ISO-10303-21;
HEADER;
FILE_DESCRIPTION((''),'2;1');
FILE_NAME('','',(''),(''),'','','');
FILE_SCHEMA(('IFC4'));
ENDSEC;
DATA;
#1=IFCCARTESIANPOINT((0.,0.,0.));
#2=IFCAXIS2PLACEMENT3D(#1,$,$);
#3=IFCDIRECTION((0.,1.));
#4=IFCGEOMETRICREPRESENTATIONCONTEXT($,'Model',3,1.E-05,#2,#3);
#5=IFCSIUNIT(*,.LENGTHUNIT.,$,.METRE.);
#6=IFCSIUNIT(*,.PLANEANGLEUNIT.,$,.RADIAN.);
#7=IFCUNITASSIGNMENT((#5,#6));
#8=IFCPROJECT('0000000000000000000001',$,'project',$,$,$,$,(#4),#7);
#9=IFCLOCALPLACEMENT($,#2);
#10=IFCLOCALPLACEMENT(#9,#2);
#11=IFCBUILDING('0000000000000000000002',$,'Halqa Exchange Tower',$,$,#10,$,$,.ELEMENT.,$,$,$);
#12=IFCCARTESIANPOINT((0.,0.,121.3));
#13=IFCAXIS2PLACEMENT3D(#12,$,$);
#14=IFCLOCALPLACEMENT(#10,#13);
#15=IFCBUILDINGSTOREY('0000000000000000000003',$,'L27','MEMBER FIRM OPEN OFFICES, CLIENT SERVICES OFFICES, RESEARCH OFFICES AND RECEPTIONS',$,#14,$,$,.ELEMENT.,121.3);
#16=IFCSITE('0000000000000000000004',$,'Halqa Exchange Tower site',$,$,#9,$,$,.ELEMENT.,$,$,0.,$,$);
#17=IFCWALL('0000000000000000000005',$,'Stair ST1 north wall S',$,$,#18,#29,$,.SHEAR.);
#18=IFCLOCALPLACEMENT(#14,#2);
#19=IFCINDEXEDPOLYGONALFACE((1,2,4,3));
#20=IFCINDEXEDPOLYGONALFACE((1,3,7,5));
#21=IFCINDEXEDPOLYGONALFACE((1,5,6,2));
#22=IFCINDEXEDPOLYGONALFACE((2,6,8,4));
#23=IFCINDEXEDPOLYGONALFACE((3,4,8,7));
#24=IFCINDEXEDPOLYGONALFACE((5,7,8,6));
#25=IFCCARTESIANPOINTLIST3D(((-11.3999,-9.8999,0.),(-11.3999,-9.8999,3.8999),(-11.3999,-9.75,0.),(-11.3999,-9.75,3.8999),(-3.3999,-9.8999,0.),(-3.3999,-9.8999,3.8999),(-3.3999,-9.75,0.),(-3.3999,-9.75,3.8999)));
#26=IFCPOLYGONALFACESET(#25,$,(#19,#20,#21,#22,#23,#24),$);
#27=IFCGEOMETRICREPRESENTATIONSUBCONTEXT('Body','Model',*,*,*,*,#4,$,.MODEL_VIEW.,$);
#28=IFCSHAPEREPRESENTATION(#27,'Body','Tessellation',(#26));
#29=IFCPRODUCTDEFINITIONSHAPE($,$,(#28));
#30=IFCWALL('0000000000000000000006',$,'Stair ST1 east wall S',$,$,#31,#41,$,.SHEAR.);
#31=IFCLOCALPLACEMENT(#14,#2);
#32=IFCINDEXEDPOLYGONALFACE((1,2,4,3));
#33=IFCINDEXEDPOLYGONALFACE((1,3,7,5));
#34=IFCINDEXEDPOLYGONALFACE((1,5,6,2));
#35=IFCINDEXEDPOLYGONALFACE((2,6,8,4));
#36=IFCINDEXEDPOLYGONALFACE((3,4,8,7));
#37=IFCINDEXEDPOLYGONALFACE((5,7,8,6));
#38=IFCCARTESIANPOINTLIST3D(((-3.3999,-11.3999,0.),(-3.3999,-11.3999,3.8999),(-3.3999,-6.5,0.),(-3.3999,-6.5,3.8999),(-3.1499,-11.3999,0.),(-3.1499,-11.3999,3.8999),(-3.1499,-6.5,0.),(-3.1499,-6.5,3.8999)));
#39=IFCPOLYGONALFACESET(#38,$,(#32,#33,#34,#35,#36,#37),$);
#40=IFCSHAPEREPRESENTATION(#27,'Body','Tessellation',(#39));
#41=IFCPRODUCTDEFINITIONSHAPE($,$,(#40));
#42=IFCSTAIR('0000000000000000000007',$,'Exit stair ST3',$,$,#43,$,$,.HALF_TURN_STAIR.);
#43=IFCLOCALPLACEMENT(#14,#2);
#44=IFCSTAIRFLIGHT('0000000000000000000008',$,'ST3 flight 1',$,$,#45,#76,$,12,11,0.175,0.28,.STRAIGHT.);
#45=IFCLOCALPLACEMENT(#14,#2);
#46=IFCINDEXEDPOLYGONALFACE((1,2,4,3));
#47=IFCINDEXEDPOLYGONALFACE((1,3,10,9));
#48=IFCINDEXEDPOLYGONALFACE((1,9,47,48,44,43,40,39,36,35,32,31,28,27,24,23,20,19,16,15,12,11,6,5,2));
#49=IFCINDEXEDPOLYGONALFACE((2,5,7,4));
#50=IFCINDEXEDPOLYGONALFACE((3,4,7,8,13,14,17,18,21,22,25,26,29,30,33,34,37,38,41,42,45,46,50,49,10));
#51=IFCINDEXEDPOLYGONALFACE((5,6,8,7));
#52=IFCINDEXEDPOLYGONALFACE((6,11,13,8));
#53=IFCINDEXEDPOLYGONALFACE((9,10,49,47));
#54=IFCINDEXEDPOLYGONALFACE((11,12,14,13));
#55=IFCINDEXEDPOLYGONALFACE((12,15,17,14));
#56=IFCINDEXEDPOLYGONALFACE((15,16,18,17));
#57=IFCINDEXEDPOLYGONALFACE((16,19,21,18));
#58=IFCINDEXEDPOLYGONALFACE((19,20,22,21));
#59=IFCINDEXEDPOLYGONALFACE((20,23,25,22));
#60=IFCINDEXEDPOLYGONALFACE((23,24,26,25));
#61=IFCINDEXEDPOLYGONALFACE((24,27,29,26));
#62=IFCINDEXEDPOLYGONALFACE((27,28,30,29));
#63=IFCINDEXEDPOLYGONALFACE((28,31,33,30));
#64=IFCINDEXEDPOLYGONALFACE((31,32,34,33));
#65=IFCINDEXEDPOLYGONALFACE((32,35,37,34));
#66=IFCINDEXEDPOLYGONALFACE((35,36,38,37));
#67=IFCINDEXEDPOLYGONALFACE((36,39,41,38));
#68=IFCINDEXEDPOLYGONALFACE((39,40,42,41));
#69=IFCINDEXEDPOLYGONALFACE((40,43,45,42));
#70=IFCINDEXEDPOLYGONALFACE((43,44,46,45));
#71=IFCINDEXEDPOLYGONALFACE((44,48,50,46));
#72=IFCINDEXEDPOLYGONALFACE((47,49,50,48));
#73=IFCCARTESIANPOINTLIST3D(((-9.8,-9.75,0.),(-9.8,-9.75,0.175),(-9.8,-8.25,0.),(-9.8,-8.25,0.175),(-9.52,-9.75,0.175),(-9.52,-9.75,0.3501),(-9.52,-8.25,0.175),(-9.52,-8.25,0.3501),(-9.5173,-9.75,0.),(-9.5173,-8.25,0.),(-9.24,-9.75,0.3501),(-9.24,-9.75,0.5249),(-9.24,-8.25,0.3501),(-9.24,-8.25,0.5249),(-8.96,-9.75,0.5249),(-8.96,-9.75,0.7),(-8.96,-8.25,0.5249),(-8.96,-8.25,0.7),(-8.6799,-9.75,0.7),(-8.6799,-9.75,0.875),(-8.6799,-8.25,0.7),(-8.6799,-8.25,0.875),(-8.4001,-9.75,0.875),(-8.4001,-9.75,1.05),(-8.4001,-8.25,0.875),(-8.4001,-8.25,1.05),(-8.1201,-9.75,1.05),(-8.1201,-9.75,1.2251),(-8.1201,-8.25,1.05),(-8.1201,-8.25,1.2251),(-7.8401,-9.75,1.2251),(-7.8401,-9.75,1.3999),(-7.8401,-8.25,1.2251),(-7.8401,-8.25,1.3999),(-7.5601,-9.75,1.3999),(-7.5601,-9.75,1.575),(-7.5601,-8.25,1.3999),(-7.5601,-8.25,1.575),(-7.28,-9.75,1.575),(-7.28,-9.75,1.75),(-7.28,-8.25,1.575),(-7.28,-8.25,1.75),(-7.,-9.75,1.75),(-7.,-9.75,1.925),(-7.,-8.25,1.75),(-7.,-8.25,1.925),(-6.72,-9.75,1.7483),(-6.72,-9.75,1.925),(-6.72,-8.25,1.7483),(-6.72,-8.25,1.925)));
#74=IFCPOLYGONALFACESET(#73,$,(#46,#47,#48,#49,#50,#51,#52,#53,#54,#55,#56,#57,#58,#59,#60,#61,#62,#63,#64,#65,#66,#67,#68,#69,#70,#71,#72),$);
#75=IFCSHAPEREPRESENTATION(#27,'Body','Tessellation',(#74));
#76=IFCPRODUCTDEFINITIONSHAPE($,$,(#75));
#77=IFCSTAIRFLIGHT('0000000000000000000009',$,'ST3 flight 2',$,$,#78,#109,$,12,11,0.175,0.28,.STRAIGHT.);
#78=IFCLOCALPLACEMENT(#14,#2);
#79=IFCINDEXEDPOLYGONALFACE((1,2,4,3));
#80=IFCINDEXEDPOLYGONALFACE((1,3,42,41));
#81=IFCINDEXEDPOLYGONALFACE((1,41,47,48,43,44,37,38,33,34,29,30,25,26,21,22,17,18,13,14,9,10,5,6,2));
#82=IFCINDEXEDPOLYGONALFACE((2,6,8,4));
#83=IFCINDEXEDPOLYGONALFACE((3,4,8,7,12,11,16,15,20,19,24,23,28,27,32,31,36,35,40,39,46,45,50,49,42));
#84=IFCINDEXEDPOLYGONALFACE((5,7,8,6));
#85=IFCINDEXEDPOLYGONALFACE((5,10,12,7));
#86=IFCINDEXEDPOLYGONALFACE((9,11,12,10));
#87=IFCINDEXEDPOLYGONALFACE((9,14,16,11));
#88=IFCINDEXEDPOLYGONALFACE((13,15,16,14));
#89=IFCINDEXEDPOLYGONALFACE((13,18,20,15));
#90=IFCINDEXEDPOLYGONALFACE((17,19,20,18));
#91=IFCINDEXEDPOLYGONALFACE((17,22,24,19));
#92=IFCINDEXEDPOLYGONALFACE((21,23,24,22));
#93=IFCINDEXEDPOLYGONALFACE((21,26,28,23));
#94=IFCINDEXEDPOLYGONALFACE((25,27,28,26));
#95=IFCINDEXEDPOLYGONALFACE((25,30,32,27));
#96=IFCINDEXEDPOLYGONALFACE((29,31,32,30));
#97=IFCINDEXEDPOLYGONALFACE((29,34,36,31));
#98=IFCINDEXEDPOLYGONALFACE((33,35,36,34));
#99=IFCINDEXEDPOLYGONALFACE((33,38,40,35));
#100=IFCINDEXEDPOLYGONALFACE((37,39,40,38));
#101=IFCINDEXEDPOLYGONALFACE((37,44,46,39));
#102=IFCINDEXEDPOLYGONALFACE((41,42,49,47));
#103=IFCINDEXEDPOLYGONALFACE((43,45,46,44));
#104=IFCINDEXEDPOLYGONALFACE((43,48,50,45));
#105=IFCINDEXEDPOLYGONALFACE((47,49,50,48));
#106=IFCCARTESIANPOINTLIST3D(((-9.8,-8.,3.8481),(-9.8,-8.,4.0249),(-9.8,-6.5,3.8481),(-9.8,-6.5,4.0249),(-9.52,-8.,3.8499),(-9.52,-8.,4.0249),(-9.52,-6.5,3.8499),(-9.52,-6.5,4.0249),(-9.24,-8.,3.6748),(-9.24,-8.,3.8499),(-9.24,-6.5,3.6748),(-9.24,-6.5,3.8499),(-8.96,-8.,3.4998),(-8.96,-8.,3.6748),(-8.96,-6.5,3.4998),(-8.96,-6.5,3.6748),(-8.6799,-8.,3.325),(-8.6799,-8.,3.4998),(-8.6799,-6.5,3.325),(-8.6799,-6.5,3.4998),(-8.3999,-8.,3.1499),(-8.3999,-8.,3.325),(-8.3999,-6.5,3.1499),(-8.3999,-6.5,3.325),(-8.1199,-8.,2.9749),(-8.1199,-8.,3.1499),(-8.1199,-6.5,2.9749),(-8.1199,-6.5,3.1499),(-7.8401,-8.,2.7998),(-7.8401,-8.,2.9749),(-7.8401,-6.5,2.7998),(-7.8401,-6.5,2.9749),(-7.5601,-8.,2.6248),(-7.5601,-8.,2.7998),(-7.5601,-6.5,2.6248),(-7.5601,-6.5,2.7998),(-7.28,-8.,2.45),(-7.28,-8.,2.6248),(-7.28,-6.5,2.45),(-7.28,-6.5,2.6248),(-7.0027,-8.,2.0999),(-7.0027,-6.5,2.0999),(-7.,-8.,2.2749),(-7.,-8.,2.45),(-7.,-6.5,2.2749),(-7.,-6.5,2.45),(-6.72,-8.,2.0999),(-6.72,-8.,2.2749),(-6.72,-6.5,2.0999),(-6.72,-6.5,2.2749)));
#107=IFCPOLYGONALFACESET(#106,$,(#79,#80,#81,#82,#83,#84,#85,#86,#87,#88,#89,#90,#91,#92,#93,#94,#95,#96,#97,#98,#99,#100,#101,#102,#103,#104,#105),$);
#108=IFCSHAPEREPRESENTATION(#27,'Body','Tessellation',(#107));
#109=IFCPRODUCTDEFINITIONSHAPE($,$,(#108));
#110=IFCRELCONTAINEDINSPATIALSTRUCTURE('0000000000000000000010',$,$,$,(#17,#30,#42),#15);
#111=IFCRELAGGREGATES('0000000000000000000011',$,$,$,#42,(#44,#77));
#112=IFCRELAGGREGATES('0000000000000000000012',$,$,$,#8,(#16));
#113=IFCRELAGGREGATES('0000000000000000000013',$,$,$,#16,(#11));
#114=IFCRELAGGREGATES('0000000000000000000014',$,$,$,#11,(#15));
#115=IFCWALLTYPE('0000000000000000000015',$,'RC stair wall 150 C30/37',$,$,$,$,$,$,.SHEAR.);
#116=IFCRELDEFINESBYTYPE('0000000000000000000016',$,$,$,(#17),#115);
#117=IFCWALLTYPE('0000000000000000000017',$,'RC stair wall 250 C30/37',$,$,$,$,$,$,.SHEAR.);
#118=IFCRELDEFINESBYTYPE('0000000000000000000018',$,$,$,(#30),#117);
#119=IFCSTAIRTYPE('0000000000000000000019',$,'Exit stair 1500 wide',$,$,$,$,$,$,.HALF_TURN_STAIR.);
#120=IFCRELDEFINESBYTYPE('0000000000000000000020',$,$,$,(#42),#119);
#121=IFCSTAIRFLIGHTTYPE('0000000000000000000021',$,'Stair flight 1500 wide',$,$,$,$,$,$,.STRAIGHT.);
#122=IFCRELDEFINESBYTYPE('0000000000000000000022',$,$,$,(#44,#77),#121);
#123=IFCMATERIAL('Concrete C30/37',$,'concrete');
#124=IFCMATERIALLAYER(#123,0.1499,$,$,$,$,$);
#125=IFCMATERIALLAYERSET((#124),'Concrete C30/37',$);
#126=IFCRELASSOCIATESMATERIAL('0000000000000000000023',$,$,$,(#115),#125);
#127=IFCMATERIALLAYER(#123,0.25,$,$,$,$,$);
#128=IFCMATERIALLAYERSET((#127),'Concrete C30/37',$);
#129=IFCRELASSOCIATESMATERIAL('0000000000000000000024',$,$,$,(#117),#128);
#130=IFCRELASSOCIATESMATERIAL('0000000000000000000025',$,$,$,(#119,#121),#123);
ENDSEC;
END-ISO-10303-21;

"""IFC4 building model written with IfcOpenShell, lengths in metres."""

from ifc_helpers import new_model, si_unit, direction, frame, frame_2d, origin, place, context, subcontext, project, spatial, polyline, rectangle, outline, extrude, material, layer, layer_set, type_object, element, aggregate, save


model = new_model("IFC4")

# Units and contexts
model_context = context("Model", 3, precision=1e-05, world=origin(), true_north=direction((0.0, 1.0)))
body_context = subcontext(model_context, "Body", "Model", "MODEL_VIEW")
ifc_project = project(units=[si_unit("LENGTHUNIT", "METRE"), si_unit("PLANEANGLEUNIT", "RADIAN")], contexts=[model_context])

# Site, building, storey
site_placement = place(None, origin())
site = spatial("IfcSite", under=ifc_project, at=site_placement, Name="Halqa Exchange Tower site", CompositionType="ELEMENT", RefElevation=0.0)
building_placement = place(site_placement, origin())
building = spatial("IfcBuilding", under=site, at=building_placement, Name="Halqa Exchange Tower", CompositionType="ELEMENT")
storey_placement = place(building_placement, frame((0.0, 0.0, 121.3)))
storey = spatial("IfcBuildingStorey", under=building, at=storey_placement, Name="L27", Description="MEMBER FIRM OPEN OFFICES, CLIENT SERVICES OFFICES, RESEARCH OFFICES AND RECEPTIONS", CompositionType="ELEMENT", Elevation=121.3)

# Walls
ifc_material_1 = material(Name="Concrete C30/37", Category="concrete")
ifc_layer_1 = layer(ifc_material_1, 0.1499)
ifc_layer_set_1 = layer_set([ifc_layer_1], Name="Concrete C30/37")
wall_type_1 = type_object("IfcWallType", Name="RC stair wall 150 C30/37", PredefinedType="SHEAR", material=ifc_layer_set_1)
wall_1_placement = place(storey_placement, frame((-11.3999, -9.825, 0.0), z_axis=(0.0, 0.0, 1.0), x_axis=(1.0, 0.0, 0.0)))
element("IfcWall", 1, at=wall_1_placement, inside=storey, type_object=wall_type_1, Name="Stair ST1 north wall S", PredefinedType="SHEAR", context=body_context, shape_type="SweptSolid", body=[
    extrude(rectangle(XDim=8.0, YDim=0.1499, at=frame_2d((4.0, 0.0))), origin(), (0.0, 0.0, 1.0), 3.8999),
])
ifc_layer_2 = layer(ifc_material_1, 0.25)
ifc_layer_set_2 = layer_set([ifc_layer_2], Name="Concrete C30/37")
wall_type_2 = type_object("IfcWallType", Name="RC stair wall 250 C30/37", PredefinedType="SHEAR", material=ifc_layer_set_2)
wall_2_placement = place(storey_placement, frame((-3.2749, -11.3999, 0.0), z_axis=(0.0, 0.0, 1.0), x_axis=(0.0, 1.0, 0.0)))
element("IfcWall", 2, at=wall_2_placement, inside=storey, type_object=wall_type_2, Name="Stair ST1 east wall S", PredefinedType="SHEAR", context=body_context, shape_type="SweptSolid", body=[
    extrude(rectangle(XDim=4.8999, YDim=0.25, at=frame_2d((2.45, 0.0))), origin(), (0.0, 0.0, 1.0), 3.8999),
])

# Stair, stair flights
stair_type = type_object("IfcStairType", Name="Exit stair 1500 wide", PredefinedType="HALF_TURN_STAIR", material=ifc_material_1)
stair_placement = place(storey_placement, origin())
stair = element("IfcStair", 3, at=stair_placement, inside=storey, type_object=stair_type, Name="Exit stair ST3", PredefinedType="HALF_TURN_STAIR")
stair_flight_type = type_object("IfcStairFlightType", Name="Stair flight 1500 wide", PredefinedType="STRAIGHT", material=ifc_material_1)
stair_flight_1_placement = place(storey_placement, frame((-9.8, -9.0, 0.0), z_axis=(0.0, 0.0, 1.0), x_axis=(1.0, 0.0, 0.0)))
stair_flight_1 = element("IfcStairFlight", 4, at=stair_flight_1_placement, type_object=stair_flight_type, Name="ST3 flight 1", NumberOfRisers=12, NumberOfTreads=11, PredefinedType="STRAIGHT", RiserHeight=0.175, TreadLength=0.28, context=body_context, shape_type="SweptSolid", body=[
    extrude(outline(polyline([(0.0, 0.0), (0.0, 0.175), (0.28, 0.175), (0.28, 0.3501), (0.5601, 0.3501), (0.5601, 0.5249), (0.8401, 0.5249), (0.8401, 0.7), (1.1201, 0.7), (1.1201, 0.875), (1.3999, 0.875), (1.3999, 1.05), (1.6799, 1.05), (1.6799, 1.2251), (1.96, 1.2251), (1.96, 1.3999), (2.24, 1.3999), (2.24, 1.575), (2.52, 1.575), (2.52, 1.75), (2.8, 1.75), (2.8, 1.925), (3.0801, 1.925), (3.0801, 2.1001), (3.0801, 1.7483), (0.2827, 0.0), (0.0, 0.0)])), frame((0.0, 0.75, 0.0), z_axis=(0.0, -1.0, 0.0), x_axis=(1.0, 0.0, 0.0)), (0.0, 0.0, 1.0), 1.5),
])
stair_flight_2_placement = place(storey_placement, frame((-6.72, -7.25, 2.0999), z_axis=(0.0, 0.0, 1.0), x_axis=(-1.0, 0.0, 0.0)))
stair_flight_2 = element("IfcStairFlight", 5, at=stair_flight_2_placement, type_object=stair_flight_type, Name="ST3 flight 2", NumberOfRisers=12, NumberOfTreads=11, PredefinedType="STRAIGHT", RiserHeight=0.175, TreadLength=0.28, context=body_context, shape_type="SweptSolid", body=[
    extrude(outline(polyline([(0.0, 0.0), (0.0, 0.175), (0.28, 0.175), (0.28, 0.3501), (0.5601, 0.3501), (0.5601, 0.5249), (0.8401, 0.5249), (0.8401, 0.7), (1.1201, 0.7), (1.1201, 0.875), (1.3999, 0.875), (1.3999, 1.05), (1.6799, 1.05), (1.6799, 1.2251), (1.96, 1.2251), (1.96, 1.3999), (2.24, 1.3999), (2.24, 1.575), (2.52, 1.575), (2.52, 1.75), (2.8, 1.75), (2.8, 1.925), (3.0801, 1.925), (3.0801, 2.1001), (3.0801, 1.7483), (0.2827, 0.0), (0.0, 0.0)])), frame((0.0, 0.75, 0.0), z_axis=(0.0, -1.0, 0.0), x_axis=(1.0, 0.0, 0.0)), (0.0, 0.0, 1.0), 1.5),
])
aggregate(stair, [stair_flight_1, stair_flight_2])

save(model, "model.ifc")
